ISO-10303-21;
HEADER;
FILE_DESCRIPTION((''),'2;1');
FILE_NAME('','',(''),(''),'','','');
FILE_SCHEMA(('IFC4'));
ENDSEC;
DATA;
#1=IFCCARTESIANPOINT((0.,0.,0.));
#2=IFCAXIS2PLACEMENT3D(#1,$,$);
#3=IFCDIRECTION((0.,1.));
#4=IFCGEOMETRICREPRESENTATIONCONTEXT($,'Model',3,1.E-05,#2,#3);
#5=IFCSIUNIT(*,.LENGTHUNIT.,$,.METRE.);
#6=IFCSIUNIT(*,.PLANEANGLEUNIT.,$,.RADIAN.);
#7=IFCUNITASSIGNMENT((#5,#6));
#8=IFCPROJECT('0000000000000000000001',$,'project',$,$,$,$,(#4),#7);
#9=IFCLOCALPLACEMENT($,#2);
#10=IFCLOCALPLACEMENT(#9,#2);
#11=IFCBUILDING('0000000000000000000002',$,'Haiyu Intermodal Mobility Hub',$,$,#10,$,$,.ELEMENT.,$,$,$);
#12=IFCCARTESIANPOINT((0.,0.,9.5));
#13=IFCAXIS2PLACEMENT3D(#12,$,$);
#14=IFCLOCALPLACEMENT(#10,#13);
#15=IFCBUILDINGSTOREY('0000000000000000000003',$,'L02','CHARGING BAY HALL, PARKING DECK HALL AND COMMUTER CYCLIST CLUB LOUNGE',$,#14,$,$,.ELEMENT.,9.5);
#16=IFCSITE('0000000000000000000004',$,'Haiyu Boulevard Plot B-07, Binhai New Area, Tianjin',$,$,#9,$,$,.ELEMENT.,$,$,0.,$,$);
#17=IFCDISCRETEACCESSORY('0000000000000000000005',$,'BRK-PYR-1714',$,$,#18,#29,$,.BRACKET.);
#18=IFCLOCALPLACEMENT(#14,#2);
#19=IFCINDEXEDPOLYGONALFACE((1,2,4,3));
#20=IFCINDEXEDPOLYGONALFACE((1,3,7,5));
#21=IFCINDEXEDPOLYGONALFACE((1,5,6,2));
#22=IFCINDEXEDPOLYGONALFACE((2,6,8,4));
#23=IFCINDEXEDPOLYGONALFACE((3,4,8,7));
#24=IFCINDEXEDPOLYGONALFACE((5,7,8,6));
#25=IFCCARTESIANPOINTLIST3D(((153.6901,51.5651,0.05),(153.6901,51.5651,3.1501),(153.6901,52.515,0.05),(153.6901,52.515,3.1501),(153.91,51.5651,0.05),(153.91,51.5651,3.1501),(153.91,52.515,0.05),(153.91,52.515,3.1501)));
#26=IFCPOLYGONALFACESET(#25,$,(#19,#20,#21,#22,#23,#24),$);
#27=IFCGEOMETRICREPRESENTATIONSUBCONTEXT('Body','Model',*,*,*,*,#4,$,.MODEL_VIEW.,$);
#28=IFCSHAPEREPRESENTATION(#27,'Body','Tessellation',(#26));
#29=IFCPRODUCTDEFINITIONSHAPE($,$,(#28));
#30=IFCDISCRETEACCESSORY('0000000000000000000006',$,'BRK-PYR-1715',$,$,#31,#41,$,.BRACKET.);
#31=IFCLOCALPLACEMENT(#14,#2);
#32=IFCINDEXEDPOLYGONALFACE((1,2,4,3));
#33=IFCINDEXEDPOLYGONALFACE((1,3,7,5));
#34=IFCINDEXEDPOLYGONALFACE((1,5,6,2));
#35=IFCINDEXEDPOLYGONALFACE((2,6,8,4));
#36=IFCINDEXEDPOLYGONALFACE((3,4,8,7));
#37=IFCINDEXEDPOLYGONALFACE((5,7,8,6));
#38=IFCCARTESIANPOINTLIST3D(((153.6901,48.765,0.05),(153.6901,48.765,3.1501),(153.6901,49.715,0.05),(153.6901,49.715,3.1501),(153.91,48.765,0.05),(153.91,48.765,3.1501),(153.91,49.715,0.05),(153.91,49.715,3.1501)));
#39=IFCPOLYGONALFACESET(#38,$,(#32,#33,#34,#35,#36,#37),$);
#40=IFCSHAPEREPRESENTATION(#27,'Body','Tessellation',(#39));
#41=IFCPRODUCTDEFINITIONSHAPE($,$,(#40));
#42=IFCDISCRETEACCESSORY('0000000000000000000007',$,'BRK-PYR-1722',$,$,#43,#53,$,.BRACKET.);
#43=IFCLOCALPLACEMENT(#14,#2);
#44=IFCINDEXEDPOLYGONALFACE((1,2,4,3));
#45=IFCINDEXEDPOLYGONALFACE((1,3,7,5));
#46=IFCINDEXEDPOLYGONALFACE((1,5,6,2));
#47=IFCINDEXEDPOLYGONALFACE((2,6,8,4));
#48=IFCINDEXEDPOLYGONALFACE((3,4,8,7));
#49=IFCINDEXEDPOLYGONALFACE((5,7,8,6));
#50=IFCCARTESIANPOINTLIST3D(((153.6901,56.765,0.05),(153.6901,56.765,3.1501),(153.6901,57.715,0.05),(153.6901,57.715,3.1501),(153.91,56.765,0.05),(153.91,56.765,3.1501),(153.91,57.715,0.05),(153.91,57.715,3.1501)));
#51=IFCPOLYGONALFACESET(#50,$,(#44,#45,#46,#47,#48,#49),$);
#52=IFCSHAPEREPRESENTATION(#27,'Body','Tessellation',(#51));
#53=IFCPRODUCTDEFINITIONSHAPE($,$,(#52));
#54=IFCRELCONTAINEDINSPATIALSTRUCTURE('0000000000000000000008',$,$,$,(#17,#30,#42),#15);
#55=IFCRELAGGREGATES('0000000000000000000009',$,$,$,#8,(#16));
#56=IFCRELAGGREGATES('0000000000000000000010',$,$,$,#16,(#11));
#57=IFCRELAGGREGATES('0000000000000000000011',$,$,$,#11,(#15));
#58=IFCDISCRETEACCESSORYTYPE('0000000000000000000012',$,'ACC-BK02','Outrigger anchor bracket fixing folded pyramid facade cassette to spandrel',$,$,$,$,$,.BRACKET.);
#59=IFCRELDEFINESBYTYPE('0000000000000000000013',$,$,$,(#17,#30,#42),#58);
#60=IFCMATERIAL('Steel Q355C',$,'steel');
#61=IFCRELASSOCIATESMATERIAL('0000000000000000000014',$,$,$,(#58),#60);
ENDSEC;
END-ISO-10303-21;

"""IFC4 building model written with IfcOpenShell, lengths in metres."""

from ifc_helpers import new_model, si_unit, direction, frame, origin, origin_2d, place, context, subcontext, project, spatial, rectangle, extrude, material, type_object, element, save


model = new_model("IFC4")

# Units and contexts
model_context = context("Model", 3, precision=1e-05, world=origin(), true_north=direction((0.0, 1.0)))
body_context = subcontext(model_context, "Body", "Model", "MODEL_VIEW")
ifc_project = project(units=[si_unit("LENGTHUNIT", "METRE"), si_unit("PLANEANGLEUNIT", "RADIAN")], contexts=[model_context])

# Site, building, storey
site_placement = place(None, origin())
site = spatial("IfcSite", under=ifc_project, at=site_placement, Name="Haiyu Boulevard Plot B-07, Binhai New Area, Tianjin", CompositionType="ELEMENT", RefElevation=0.0)
building_placement = place(site_placement, origin())
building = spatial("IfcBuilding", under=site, at=building_placement, Name="Haiyu Intermodal Mobility Hub", CompositionType="ELEMENT")
storey_placement = place(building_placement, frame((0.0, 0.0, 9.5)))
storey = spatial("IfcBuildingStorey", under=building, at=storey_placement, Name="L02", Description="CHARGING BAY HALL, PARKING DECK HALL AND COMMUTER CYCLIST CLUB LOUNGE", CompositionType="ELEMENT", Elevation=9.5)

# Shared definitions
ifc_material_1 = material(Name="Steel Q355C", Category="steel")

# Discrete accessories
discrete_accessory_type = type_object("IfcDiscreteAccessoryType", Name="ACC-BK02", Description="Outrigger anchor bracket fixing folded pyramid facade cassette to spandrel", PredefinedType="BRACKET", material=ifc_material_1)
for number, where, z_axis, x_axis, name in (
    (1, (153.8, 52.04, 0.05), (0.0, 0.0, 1.0), (1.0, 0.0, 0.0), "BRK-PYR-1714"),
    (2, (153.8, 49.24, 0.05), (0.0, 0.0, 1.0), (1.0, 0.0, 0.0), "BRK-PYR-1715"),
    (3, (153.8, 57.24, 0.05), (0.0, 0.0, 1.0), (1.0, 0.0, 0.0), "BRK-PYR-1722"),
):
    element("IfcDiscreteAccessory", number, at=place(storey_placement, frame(where, z_axis=z_axis, x_axis=x_axis)), inside=storey, type_object=discrete_accessory_type, Name=name, PredefinedType="BRACKET", context=body_context, shape_type="SweptSolid", body=[
        extrude(rectangle(XDim=0.22, YDim=0.95, at=origin_2d()), origin(), (0.0, 0.0, 1.0), 3.1001),
    ])

save(model, "model.ifc")
